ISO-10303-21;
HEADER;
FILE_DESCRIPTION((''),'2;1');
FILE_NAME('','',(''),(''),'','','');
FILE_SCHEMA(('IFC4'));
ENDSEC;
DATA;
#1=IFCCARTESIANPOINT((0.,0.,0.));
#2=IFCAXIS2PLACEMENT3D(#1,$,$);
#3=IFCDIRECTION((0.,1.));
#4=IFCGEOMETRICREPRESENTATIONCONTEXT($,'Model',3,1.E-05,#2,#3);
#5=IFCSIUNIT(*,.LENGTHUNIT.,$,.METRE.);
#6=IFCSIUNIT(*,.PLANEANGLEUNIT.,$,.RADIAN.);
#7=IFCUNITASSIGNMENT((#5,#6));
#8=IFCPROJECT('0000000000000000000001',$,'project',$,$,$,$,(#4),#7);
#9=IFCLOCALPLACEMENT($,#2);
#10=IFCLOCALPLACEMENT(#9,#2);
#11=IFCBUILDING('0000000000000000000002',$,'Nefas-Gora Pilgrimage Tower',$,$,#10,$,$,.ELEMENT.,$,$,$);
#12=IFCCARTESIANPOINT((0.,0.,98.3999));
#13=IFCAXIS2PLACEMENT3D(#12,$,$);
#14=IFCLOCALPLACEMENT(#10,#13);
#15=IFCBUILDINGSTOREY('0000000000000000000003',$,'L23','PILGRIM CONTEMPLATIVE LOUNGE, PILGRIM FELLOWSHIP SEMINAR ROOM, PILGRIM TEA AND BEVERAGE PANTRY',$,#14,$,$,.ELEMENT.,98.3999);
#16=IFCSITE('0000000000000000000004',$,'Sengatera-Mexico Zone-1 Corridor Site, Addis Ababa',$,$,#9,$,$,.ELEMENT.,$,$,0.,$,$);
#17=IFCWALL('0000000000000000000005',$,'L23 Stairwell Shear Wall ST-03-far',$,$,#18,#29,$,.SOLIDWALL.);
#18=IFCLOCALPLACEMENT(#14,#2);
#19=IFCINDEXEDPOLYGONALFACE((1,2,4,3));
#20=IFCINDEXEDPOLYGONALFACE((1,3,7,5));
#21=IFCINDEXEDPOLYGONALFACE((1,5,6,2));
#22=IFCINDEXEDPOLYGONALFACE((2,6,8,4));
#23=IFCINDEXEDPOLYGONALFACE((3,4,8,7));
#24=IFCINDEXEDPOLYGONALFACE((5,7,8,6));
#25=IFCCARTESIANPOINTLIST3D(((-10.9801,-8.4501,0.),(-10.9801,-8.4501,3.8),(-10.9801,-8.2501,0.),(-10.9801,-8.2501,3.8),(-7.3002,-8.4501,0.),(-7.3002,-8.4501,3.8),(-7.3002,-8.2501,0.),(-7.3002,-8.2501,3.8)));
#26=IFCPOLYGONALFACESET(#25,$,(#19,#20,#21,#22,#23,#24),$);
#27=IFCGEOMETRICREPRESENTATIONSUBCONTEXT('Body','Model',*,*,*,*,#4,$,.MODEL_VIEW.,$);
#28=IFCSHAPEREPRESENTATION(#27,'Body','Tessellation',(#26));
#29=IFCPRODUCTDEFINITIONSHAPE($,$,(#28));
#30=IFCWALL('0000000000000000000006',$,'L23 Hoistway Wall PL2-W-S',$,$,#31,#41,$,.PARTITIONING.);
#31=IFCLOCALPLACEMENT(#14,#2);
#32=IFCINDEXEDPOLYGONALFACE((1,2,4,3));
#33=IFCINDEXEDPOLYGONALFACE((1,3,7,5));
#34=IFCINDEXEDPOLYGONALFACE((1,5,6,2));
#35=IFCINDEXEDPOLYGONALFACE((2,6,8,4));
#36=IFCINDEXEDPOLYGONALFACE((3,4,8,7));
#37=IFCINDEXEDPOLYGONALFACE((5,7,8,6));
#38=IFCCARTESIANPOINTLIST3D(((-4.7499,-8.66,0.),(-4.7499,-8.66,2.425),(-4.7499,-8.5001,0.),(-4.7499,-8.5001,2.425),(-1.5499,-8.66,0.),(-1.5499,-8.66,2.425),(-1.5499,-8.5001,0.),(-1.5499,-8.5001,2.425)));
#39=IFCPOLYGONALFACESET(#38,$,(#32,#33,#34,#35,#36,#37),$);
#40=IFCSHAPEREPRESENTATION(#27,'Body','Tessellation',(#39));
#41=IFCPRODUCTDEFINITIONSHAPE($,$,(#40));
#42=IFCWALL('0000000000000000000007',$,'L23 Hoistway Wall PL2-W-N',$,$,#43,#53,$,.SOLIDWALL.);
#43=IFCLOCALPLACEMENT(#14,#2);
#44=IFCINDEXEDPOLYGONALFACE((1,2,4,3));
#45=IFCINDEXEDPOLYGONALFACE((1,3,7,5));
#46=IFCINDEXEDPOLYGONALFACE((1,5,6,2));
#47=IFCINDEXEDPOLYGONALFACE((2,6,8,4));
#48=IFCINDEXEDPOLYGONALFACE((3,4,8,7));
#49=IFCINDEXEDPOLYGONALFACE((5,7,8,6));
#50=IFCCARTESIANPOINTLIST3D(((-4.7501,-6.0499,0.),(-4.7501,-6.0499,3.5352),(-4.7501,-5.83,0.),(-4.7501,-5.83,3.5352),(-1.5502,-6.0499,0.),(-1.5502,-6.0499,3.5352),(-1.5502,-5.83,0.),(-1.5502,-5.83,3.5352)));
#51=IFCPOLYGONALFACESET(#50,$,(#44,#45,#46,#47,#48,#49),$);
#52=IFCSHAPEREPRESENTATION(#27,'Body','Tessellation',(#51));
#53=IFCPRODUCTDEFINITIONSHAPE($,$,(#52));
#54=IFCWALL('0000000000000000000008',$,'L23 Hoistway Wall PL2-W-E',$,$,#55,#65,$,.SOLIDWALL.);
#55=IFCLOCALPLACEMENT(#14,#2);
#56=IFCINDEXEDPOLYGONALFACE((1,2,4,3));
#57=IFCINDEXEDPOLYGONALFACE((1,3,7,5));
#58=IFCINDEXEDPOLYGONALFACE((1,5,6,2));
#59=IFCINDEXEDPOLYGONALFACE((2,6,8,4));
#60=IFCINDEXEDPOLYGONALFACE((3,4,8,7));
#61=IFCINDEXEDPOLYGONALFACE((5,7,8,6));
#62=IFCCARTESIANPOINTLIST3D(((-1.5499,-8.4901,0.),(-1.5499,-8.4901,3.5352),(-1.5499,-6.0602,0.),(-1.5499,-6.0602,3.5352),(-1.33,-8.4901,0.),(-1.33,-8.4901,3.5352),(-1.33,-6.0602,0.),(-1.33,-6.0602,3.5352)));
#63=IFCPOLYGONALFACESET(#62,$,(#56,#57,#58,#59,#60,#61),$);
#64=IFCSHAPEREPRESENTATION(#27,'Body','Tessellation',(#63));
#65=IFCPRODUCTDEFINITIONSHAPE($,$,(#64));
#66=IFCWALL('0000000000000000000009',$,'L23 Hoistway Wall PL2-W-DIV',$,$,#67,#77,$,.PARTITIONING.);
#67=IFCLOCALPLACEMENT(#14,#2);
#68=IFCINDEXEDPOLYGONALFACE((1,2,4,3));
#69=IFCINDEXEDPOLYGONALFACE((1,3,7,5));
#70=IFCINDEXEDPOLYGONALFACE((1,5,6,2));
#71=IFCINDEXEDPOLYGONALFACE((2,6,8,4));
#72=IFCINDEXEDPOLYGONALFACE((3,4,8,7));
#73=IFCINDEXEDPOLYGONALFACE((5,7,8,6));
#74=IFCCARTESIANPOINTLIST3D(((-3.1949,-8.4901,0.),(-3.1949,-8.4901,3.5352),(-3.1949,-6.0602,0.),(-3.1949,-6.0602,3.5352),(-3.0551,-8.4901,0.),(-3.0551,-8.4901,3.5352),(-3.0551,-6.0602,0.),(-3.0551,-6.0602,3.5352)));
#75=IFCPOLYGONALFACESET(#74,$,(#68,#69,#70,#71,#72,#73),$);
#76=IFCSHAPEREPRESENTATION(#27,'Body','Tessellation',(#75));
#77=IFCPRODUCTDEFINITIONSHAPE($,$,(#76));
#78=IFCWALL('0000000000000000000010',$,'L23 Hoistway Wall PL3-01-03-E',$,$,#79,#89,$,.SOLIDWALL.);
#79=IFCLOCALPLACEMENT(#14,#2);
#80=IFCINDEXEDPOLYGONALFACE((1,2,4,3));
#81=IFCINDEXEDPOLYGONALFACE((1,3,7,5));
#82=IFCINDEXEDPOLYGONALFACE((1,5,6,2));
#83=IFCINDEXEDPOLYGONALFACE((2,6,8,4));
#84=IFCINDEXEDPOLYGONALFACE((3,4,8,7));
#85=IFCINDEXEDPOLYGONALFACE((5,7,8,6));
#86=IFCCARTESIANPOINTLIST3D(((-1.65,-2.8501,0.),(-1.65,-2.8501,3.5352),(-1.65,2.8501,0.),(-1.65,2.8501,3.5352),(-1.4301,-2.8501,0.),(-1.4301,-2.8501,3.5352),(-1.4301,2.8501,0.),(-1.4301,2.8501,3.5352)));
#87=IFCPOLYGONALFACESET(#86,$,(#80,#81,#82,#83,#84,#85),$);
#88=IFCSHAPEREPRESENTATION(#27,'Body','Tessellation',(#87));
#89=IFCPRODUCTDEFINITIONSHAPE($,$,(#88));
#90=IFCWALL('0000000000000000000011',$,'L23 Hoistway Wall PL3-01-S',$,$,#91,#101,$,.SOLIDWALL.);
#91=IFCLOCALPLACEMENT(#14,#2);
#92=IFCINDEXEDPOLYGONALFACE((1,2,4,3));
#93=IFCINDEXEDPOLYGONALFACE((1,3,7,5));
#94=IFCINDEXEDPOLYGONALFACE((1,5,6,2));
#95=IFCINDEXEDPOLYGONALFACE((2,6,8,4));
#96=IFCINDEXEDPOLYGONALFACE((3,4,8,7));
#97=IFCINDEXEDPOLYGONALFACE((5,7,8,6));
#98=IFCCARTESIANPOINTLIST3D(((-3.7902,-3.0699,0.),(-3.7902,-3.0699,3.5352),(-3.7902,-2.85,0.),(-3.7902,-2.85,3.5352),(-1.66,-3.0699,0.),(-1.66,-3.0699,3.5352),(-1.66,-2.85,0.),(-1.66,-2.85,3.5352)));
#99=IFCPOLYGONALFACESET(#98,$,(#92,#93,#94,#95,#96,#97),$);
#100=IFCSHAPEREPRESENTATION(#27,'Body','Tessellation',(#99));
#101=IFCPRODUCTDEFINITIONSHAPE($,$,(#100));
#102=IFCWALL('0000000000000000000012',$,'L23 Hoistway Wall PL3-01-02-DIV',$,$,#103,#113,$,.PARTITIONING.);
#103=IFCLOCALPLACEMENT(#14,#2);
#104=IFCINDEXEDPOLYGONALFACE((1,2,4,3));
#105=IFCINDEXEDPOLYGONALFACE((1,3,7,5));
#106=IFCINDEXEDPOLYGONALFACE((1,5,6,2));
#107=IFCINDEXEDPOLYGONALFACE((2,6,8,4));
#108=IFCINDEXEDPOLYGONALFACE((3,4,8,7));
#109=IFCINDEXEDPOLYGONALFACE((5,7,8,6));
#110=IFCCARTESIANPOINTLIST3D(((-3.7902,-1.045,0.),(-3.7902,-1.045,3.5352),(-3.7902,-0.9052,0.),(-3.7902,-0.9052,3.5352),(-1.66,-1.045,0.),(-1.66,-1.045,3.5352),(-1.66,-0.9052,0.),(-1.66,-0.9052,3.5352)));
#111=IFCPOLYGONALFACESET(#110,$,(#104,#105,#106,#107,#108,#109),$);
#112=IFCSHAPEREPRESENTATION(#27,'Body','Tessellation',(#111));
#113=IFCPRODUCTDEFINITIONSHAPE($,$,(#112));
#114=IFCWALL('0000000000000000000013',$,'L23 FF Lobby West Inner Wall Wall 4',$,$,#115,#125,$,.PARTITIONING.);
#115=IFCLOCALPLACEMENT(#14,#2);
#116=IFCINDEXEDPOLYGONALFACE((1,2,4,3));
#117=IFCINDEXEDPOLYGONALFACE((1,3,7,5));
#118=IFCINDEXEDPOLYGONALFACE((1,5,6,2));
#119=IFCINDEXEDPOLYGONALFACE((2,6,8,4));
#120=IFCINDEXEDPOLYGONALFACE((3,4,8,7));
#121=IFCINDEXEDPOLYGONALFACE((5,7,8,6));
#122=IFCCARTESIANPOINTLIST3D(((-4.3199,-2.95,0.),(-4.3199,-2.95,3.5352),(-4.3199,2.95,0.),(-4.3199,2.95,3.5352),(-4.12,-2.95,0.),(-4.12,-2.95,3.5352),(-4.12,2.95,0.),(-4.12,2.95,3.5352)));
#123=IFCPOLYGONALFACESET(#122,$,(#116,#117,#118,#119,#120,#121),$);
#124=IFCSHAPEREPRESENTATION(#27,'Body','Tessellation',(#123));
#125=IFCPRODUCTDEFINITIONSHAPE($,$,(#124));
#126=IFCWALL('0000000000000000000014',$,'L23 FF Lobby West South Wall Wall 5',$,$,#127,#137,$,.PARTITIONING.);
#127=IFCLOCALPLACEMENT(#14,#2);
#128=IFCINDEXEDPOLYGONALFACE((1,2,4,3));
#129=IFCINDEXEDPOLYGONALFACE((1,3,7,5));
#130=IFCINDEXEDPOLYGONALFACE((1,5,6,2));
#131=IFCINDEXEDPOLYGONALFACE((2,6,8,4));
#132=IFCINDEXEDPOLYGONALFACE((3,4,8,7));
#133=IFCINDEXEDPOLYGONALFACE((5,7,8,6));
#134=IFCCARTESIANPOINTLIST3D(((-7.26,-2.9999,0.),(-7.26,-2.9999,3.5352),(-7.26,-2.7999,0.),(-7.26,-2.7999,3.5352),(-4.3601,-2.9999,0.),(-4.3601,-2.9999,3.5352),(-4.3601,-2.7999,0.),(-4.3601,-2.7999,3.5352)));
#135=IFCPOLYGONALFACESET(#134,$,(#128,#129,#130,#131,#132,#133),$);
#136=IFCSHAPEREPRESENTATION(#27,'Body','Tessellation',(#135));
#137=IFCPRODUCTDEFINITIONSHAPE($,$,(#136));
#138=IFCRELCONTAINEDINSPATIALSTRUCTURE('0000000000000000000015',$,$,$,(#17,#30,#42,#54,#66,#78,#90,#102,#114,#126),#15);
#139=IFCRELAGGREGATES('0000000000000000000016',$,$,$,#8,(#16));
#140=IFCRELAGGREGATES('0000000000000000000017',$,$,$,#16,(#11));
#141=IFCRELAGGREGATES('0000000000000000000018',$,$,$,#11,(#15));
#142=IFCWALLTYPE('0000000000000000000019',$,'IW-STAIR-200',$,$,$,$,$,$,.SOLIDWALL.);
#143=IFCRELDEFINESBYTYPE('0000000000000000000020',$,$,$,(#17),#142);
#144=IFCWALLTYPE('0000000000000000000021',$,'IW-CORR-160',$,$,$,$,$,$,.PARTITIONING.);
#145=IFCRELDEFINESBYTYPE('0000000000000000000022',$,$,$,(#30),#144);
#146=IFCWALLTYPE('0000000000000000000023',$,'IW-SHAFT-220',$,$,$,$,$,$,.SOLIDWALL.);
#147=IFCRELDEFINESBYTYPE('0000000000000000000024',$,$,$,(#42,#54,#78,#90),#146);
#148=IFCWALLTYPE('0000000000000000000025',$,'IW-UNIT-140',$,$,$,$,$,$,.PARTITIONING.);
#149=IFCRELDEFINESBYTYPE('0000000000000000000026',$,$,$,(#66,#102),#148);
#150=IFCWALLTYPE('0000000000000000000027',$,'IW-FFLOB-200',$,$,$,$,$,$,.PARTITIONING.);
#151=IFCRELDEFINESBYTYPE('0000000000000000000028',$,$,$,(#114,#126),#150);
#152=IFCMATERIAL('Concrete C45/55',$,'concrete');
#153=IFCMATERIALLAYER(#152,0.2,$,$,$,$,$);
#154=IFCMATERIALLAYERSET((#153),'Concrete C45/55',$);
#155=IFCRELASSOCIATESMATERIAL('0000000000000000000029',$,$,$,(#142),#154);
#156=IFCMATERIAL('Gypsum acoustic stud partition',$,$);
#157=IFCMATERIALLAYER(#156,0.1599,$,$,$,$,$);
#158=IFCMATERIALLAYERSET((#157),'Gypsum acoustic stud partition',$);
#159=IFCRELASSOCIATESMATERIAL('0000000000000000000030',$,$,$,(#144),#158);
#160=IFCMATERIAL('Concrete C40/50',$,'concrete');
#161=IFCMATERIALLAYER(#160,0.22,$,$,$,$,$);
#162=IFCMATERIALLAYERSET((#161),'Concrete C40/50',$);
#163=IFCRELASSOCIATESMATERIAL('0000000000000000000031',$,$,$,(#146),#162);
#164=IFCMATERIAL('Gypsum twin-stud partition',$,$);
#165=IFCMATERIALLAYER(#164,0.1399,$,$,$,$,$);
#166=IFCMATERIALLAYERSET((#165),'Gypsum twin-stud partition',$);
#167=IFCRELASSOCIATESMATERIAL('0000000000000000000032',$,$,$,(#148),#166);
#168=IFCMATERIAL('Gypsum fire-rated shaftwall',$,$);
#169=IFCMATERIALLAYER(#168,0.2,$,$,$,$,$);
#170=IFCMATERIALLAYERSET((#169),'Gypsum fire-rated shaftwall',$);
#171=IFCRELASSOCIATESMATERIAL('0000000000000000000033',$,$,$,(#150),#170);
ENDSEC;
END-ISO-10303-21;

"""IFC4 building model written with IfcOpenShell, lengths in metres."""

from ifc_helpers import new_model, si_unit, direction, frame, frame_2d, origin, place, context, subcontext, project, spatial, rectangle, extrude, source, transform, mapped, material, layer, layer_set, type_object, element, save


model = new_model("IFC4")

# Units and contexts
model_context = context("Model", 3, precision=1e-05, world=origin(), true_north=direction((0.0, 1.0)))
body_context = subcontext(model_context, "Body", "Model", "MODEL_VIEW")
ifc_project = project(units=[si_unit("LENGTHUNIT", "METRE"), si_unit("PLANEANGLEUNIT", "RADIAN")], contexts=[model_context])

# Site, building, storey
site_placement = place(None, origin())
site = spatial("IfcSite", under=ifc_project, at=site_placement, Name="Sengatera-Mexico Zone-1 Corridor Site, Addis Ababa", CompositionType="ELEMENT", RefElevation=0.0)
building_placement = place(site_placement, origin())
building = spatial("IfcBuilding", under=site, at=building_placement, Name="Nefas-Gora Pilgrimage Tower", CompositionType="ELEMENT")
storey_placement = place(building_placement, frame((0.0, 0.0, 98.3999)))
storey = spatial("IfcBuildingStorey", under=building, at=storey_placement, Name="L23", Description="PILGRIM CONTEMPLATIVE LOUNGE, PILGRIM FELLOWSHIP SEMINAR ROOM, PILGRIM TEA AND BEVERAGE PANTRY", CompositionType="ELEMENT", Elevation=98.3999)

# Shared definitions
ifc_material_1 = material(Name="Concrete C45/55", Category="concrete")
ifc_layer_1 = layer(ifc_material_1, 0.2)
ifc_layer_set_1 = layer_set([ifc_layer_1], Name="Concrete C45/55")
wall_type_1 = type_object("IfcWallType", Name="IW-STAIR-200", PredefinedType="SOLIDWALL", material=ifc_layer_set_1)

# Walls
shared_shape_1 = source(origin(), body_context, "Body", "SweptSolid", [
    extrude(rectangle(XDim=3.6799, YDim=0.2, at=frame_2d((1.8398, 0.0))), origin(), (0.0, 0.0, 1.0), 3.8),
])
wall_1_placement = place(storey_placement, frame((-10.98, -8.3501, 0.0), z_axis=(0.0, 0.0, 1.0), x_axis=(1.0, 0.0, 0.0)))
element("IfcWall", 1, at=wall_1_placement, inside=storey, type_object=wall_type_1, Name="L23 Stairwell Shear Wall ST-03-far", PredefinedType="SOLIDWALL", context=body_context, shape_type="MappedRepresentation", body=[
    mapped(shared_shape_1, transform((0.0, 0.0, 0.0), x_axis=(1.0, 0.0, 0.0), y_axis=(0.0, 1.0, 0.0), z_axis=(0.0, 0.0, 1.0), scale=1.0)),
])
ifc_material_2 = material(Name="Gypsum acoustic stud partition")
ifc_layer_2 = layer(ifc_material_2, 0.1599)
ifc_layer_set_2 = layer_set([ifc_layer_2], Name="Gypsum acoustic stud partition")
wall_type_2 = type_object("IfcWallType", Name="IW-CORR-160", PredefinedType="PARTITIONING", material=ifc_layer_set_2)
shared_shape_2 = source(origin(), body_context, "Body", "SweptSolid", [
    extrude(rectangle(XDim=3.2, YDim=0.1599, at=frame_2d((1.6001, 0.0))), origin(), (0.0, 0.0, 1.0), 2.425),
])
wall_2_placement = place(storey_placement, frame((-4.75, -8.5801, 0.0), z_axis=(0.0, 0.0, 1.0), x_axis=(1.0, 0.0, 0.0)))
element("IfcWall", 2, at=wall_2_placement, inside=storey, type_object=wall_type_2, Name="L23 Hoistway Wall PL2-W-S", PredefinedType="PARTITIONING", context=body_context, shape_type="MappedRepresentation", body=[
    mapped(shared_shape_2, transform((0.0, 0.0, 0.0), x_axis=(1.0, 0.0, 0.0), y_axis=(0.0, 1.0, 0.0), z_axis=(0.0, 0.0, 1.0), scale=1.0)),
])
ifc_material_3 = material(Name="Concrete C40/50", Category="concrete")
ifc_layer_3 = layer(ifc_material_3, 0.22)
ifc_layer_set_3 = layer_set([ifc_layer_3], Name="Concrete C40/50")
wall_type_3 = type_object("IfcWallType", Name="IW-SHAFT-220", PredefinedType="SOLIDWALL", material=ifc_layer_set_3)
shared_shape_3 = source(origin(), body_context, "Body", "SweptSolid", [
    extrude(rectangle(XDim=3.2, YDim=0.22, at=frame_2d((1.6001, 0.0))), origin(), (0.0, 0.0, 1.0), 3.5352),
])
wall_3_placement = place(storey_placement, frame((-1.55, -5.9399, 0.0), z_axis=(0.0, 0.0, 1.0), x_axis=(-1.0, 0.0, 0.0)))
element("IfcWall", 3, at=wall_3_placement, inside=storey, type_object=wall_type_3, Name="L23 Hoistway Wall PL2-W-N", PredefinedType="SOLIDWALL", context=body_context, shape_type="MappedRepresentation", body=[
    mapped(shared_shape_3, transform((0.0, 0.0, 0.0), x_axis=(1.0, 0.0, 0.0), y_axis=(0.0, 1.0, 0.0), z_axis=(0.0, 0.0, 1.0), scale=1.0)),
])
shared_shape_4 = source(origin(), body_context, "Body", "SweptSolid", [
    extrude(rectangle(XDim=2.4299, YDim=0.22, at=frame_2d((1.2148, 0.0))), origin(), (0.0, 0.0, 1.0), 3.5352),
])
for number, where, z_axis, x_axis, name in (
    (4, (-1.4399, -8.49, 0.0), (0.0, 0.0, 1.0), (0.0, 1.0, 0.0), "L23 Hoistway Wall PL2-W-E"),
):
    element("IfcWall", number, at=place(storey_placement, frame(where, z_axis=z_axis, x_axis=x_axis)), inside=storey, type_object=wall_type_3, Name=name, PredefinedType="SOLIDWALL", context=body_context, shape_type="MappedRepresentation", body=[
        mapped(shared_shape_4, transform((0.0, 0.0, 0.0), x_axis=(1.0, 0.0, 0.0), y_axis=(0.0, 1.0, 0.0), z_axis=(0.0, 0.0, 1.0), scale=1.0)),
    ])
ifc_material_4 = material(Name="Gypsum twin-stud partition")
ifc_layer_4 = layer(ifc_material_4, 0.1399)
ifc_layer_set_4 = layer_set([ifc_layer_4], Name="Gypsum twin-stud partition")
wall_type_4 = type_object("IfcWallType", Name="IW-UNIT-140", PredefinedType="PARTITIONING", material=ifc_layer_set_4)
shared_shape_5 = source(origin(), body_context, "Body", "SweptSolid", [
    extrude(rectangle(XDim=2.4299, YDim=0.1399, at=frame_2d((1.2148, 0.0))), origin(), (0.0, 0.0, 1.0), 3.5352),
])
wall_4_placement = place(storey_placement, frame((-3.125, -8.49, 0.0), z_axis=(0.0, 0.0, 1.0), x_axis=(0.0, 1.0, 0.0)))
element("IfcWall", 5, at=wall_4_placement, inside=storey, type_object=wall_type_4, Name="L23 Hoistway Wall PL2-W-DIV", PredefinedType="PARTITIONING", context=body_context, shape_type="MappedRepresentation", body=[
    mapped(shared_shape_5, transform((0.0, 0.0, 0.0), x_axis=(1.0, 0.0, 0.0), y_axis=(0.0, 1.0, 0.0), z_axis=(0.0, 0.0, 1.0), scale=1.0)),
])
shared_shape_6 = source(origin(), body_context, "Body", "SweptSolid", [
    extrude(rectangle(XDim=5.7002, YDim=0.22, at=frame_2d((2.8501, 0.0))), origin(), (0.0, 0.0, 1.0), 3.5352),
])
wall_5_placement = place(storey_placement, frame((-1.54, -2.8501, 0.0), z_axis=(0.0, 0.0, 1.0), x_axis=(0.0, 1.0, 0.0)))
element("IfcWall", 6, at=wall_5_placement, inside=storey, type_object=wall_type_3, Name="L23 Hoistway Wall PL3-01-03-E", PredefinedType="SOLIDWALL", context=body_context, shape_type="MappedRepresentation", body=[
    mapped(shared_shape_6, transform((0.0, 0.0, 0.0), x_axis=(1.0, 0.0, 0.0), y_axis=(0.0, 1.0, 0.0), z_axis=(0.0, 0.0, 1.0), scale=1.0)),
])
shared_shape_7 = source(origin(), body_context, "Body", "SweptSolid", [
    extrude(rectangle(XDim=2.1301, YDim=0.22, at=frame_2d((1.0649, 0.0))), origin(), (0.0, 0.0, 1.0), 3.5352),
])
wall_6_placement = place(storey_placement, frame((-3.79, -2.96, 0.0), z_axis=(0.0, 0.0, 1.0), x_axis=(1.0, 0.0, 0.0)))
element("IfcWall", 7, at=wall_6_placement, inside=storey, type_object=wall_type_3, Name="L23 Hoistway Wall PL3-01-S", PredefinedType="SOLIDWALL", context=body_context, shape_type="MappedRepresentation", body=[
    mapped(shared_shape_7, transform((0.0, 0.0, 0.0), x_axis=(1.0, 0.0, 0.0), y_axis=(0.0, 1.0, 0.0), z_axis=(0.0, 0.0, 1.0), scale=1.0)),
])
shared_shape_8 = source(origin(), body_context, "Body", "SweptSolid", [
    extrude(rectangle(XDim=2.1301, YDim=0.1399, at=frame_2d((1.0649, 0.0))), origin(), (0.0, 0.0, 1.0), 3.5352),
])
wall_7_placement = place(storey_placement, frame((-3.79, -0.9751, 0.0), z_axis=(0.0, 0.0, 1.0), x_axis=(1.0, 0.0, 0.0)))
element("IfcWall", 8, at=wall_7_placement, inside=storey, type_object=wall_type_4, Name="L23 Hoistway Wall PL3-01-02-DIV", PredefinedType="PARTITIONING", context=body_context, shape_type="MappedRepresentation", body=[
    mapped(shared_shape_8, transform((0.0, 0.0, 0.0), x_axis=(1.0, 0.0, 0.0), y_axis=(0.0, 1.0, 0.0), z_axis=(0.0, 0.0, 1.0), scale=1.0)),
])
ifc_material_5 = material(Name="Gypsum fire-rated shaftwall")
ifc_layer_5 = layer(ifc_material_5, 0.2)
ifc_layer_set_5 = layer_set([ifc_layer_5], Name="Gypsum fire-rated shaftwall")
wall_type_5 = type_object("IfcWallType", Name="IW-FFLOB-200", PredefinedType="PARTITIONING", material=ifc_layer_set_5)
shared_shape_9 = source(origin(), body_context, "Body", "SweptSolid", [
    extrude(rectangle(XDim=5.8999, YDim=0.2, at=frame_2d((2.95, 0.0))), origin(), (0.0, 0.0, 1.0), 3.5352),
])
wall_8_placement = place(storey_placement, frame((-4.22, -2.95, 0.0), z_axis=(0.0, 0.0, 1.0), x_axis=(0.0, 1.0, 0.0)))
element("IfcWall", 9, at=wall_8_placement, inside=storey, type_object=wall_type_5, Name="L23 FF Lobby West Inner Wall Wall 4", PredefinedType="PARTITIONING", context=body_context, shape_type="MappedRepresentation", body=[
    mapped(shared_shape_9, transform((0.0, 0.0, 0.0), x_axis=(1.0, 0.0, 0.0), y_axis=(0.0, 1.0, 0.0), z_axis=(0.0, 0.0, 1.0), scale=1.0)),
])
shared_shape_10 = source(origin(), body_context, "Body", "SweptSolid", [
    extrude(rectangle(XDim=2.8999, YDim=0.2, at=frame_2d((1.45, 0.0))), origin(), (0.0, 0.0, 1.0), 3.5352),
])
wall_9_placement = place(storey_placement, frame((-7.26, -2.8999, 0.0), z_axis=(0.0, 0.0, 1.0), x_axis=(1.0, 0.0, 0.0)))
element("IfcWall", 10, at=wall_9_placement, inside=storey, type_object=wall_type_5, Name="L23 FF Lobby West South Wall Wall 5", PredefinedType="PARTITIONING", context=body_context, shape_type="MappedRepresentation", body=[
    mapped(shared_shape_10, transform((0.0, 0.0, 0.0), x_axis=(1.0, 0.0, 0.0), y_axis=(0.0, 1.0, 0.0), z_axis=(0.0, 0.0, 1.0), scale=1.0)),
])

save(model, "model.ifc")
